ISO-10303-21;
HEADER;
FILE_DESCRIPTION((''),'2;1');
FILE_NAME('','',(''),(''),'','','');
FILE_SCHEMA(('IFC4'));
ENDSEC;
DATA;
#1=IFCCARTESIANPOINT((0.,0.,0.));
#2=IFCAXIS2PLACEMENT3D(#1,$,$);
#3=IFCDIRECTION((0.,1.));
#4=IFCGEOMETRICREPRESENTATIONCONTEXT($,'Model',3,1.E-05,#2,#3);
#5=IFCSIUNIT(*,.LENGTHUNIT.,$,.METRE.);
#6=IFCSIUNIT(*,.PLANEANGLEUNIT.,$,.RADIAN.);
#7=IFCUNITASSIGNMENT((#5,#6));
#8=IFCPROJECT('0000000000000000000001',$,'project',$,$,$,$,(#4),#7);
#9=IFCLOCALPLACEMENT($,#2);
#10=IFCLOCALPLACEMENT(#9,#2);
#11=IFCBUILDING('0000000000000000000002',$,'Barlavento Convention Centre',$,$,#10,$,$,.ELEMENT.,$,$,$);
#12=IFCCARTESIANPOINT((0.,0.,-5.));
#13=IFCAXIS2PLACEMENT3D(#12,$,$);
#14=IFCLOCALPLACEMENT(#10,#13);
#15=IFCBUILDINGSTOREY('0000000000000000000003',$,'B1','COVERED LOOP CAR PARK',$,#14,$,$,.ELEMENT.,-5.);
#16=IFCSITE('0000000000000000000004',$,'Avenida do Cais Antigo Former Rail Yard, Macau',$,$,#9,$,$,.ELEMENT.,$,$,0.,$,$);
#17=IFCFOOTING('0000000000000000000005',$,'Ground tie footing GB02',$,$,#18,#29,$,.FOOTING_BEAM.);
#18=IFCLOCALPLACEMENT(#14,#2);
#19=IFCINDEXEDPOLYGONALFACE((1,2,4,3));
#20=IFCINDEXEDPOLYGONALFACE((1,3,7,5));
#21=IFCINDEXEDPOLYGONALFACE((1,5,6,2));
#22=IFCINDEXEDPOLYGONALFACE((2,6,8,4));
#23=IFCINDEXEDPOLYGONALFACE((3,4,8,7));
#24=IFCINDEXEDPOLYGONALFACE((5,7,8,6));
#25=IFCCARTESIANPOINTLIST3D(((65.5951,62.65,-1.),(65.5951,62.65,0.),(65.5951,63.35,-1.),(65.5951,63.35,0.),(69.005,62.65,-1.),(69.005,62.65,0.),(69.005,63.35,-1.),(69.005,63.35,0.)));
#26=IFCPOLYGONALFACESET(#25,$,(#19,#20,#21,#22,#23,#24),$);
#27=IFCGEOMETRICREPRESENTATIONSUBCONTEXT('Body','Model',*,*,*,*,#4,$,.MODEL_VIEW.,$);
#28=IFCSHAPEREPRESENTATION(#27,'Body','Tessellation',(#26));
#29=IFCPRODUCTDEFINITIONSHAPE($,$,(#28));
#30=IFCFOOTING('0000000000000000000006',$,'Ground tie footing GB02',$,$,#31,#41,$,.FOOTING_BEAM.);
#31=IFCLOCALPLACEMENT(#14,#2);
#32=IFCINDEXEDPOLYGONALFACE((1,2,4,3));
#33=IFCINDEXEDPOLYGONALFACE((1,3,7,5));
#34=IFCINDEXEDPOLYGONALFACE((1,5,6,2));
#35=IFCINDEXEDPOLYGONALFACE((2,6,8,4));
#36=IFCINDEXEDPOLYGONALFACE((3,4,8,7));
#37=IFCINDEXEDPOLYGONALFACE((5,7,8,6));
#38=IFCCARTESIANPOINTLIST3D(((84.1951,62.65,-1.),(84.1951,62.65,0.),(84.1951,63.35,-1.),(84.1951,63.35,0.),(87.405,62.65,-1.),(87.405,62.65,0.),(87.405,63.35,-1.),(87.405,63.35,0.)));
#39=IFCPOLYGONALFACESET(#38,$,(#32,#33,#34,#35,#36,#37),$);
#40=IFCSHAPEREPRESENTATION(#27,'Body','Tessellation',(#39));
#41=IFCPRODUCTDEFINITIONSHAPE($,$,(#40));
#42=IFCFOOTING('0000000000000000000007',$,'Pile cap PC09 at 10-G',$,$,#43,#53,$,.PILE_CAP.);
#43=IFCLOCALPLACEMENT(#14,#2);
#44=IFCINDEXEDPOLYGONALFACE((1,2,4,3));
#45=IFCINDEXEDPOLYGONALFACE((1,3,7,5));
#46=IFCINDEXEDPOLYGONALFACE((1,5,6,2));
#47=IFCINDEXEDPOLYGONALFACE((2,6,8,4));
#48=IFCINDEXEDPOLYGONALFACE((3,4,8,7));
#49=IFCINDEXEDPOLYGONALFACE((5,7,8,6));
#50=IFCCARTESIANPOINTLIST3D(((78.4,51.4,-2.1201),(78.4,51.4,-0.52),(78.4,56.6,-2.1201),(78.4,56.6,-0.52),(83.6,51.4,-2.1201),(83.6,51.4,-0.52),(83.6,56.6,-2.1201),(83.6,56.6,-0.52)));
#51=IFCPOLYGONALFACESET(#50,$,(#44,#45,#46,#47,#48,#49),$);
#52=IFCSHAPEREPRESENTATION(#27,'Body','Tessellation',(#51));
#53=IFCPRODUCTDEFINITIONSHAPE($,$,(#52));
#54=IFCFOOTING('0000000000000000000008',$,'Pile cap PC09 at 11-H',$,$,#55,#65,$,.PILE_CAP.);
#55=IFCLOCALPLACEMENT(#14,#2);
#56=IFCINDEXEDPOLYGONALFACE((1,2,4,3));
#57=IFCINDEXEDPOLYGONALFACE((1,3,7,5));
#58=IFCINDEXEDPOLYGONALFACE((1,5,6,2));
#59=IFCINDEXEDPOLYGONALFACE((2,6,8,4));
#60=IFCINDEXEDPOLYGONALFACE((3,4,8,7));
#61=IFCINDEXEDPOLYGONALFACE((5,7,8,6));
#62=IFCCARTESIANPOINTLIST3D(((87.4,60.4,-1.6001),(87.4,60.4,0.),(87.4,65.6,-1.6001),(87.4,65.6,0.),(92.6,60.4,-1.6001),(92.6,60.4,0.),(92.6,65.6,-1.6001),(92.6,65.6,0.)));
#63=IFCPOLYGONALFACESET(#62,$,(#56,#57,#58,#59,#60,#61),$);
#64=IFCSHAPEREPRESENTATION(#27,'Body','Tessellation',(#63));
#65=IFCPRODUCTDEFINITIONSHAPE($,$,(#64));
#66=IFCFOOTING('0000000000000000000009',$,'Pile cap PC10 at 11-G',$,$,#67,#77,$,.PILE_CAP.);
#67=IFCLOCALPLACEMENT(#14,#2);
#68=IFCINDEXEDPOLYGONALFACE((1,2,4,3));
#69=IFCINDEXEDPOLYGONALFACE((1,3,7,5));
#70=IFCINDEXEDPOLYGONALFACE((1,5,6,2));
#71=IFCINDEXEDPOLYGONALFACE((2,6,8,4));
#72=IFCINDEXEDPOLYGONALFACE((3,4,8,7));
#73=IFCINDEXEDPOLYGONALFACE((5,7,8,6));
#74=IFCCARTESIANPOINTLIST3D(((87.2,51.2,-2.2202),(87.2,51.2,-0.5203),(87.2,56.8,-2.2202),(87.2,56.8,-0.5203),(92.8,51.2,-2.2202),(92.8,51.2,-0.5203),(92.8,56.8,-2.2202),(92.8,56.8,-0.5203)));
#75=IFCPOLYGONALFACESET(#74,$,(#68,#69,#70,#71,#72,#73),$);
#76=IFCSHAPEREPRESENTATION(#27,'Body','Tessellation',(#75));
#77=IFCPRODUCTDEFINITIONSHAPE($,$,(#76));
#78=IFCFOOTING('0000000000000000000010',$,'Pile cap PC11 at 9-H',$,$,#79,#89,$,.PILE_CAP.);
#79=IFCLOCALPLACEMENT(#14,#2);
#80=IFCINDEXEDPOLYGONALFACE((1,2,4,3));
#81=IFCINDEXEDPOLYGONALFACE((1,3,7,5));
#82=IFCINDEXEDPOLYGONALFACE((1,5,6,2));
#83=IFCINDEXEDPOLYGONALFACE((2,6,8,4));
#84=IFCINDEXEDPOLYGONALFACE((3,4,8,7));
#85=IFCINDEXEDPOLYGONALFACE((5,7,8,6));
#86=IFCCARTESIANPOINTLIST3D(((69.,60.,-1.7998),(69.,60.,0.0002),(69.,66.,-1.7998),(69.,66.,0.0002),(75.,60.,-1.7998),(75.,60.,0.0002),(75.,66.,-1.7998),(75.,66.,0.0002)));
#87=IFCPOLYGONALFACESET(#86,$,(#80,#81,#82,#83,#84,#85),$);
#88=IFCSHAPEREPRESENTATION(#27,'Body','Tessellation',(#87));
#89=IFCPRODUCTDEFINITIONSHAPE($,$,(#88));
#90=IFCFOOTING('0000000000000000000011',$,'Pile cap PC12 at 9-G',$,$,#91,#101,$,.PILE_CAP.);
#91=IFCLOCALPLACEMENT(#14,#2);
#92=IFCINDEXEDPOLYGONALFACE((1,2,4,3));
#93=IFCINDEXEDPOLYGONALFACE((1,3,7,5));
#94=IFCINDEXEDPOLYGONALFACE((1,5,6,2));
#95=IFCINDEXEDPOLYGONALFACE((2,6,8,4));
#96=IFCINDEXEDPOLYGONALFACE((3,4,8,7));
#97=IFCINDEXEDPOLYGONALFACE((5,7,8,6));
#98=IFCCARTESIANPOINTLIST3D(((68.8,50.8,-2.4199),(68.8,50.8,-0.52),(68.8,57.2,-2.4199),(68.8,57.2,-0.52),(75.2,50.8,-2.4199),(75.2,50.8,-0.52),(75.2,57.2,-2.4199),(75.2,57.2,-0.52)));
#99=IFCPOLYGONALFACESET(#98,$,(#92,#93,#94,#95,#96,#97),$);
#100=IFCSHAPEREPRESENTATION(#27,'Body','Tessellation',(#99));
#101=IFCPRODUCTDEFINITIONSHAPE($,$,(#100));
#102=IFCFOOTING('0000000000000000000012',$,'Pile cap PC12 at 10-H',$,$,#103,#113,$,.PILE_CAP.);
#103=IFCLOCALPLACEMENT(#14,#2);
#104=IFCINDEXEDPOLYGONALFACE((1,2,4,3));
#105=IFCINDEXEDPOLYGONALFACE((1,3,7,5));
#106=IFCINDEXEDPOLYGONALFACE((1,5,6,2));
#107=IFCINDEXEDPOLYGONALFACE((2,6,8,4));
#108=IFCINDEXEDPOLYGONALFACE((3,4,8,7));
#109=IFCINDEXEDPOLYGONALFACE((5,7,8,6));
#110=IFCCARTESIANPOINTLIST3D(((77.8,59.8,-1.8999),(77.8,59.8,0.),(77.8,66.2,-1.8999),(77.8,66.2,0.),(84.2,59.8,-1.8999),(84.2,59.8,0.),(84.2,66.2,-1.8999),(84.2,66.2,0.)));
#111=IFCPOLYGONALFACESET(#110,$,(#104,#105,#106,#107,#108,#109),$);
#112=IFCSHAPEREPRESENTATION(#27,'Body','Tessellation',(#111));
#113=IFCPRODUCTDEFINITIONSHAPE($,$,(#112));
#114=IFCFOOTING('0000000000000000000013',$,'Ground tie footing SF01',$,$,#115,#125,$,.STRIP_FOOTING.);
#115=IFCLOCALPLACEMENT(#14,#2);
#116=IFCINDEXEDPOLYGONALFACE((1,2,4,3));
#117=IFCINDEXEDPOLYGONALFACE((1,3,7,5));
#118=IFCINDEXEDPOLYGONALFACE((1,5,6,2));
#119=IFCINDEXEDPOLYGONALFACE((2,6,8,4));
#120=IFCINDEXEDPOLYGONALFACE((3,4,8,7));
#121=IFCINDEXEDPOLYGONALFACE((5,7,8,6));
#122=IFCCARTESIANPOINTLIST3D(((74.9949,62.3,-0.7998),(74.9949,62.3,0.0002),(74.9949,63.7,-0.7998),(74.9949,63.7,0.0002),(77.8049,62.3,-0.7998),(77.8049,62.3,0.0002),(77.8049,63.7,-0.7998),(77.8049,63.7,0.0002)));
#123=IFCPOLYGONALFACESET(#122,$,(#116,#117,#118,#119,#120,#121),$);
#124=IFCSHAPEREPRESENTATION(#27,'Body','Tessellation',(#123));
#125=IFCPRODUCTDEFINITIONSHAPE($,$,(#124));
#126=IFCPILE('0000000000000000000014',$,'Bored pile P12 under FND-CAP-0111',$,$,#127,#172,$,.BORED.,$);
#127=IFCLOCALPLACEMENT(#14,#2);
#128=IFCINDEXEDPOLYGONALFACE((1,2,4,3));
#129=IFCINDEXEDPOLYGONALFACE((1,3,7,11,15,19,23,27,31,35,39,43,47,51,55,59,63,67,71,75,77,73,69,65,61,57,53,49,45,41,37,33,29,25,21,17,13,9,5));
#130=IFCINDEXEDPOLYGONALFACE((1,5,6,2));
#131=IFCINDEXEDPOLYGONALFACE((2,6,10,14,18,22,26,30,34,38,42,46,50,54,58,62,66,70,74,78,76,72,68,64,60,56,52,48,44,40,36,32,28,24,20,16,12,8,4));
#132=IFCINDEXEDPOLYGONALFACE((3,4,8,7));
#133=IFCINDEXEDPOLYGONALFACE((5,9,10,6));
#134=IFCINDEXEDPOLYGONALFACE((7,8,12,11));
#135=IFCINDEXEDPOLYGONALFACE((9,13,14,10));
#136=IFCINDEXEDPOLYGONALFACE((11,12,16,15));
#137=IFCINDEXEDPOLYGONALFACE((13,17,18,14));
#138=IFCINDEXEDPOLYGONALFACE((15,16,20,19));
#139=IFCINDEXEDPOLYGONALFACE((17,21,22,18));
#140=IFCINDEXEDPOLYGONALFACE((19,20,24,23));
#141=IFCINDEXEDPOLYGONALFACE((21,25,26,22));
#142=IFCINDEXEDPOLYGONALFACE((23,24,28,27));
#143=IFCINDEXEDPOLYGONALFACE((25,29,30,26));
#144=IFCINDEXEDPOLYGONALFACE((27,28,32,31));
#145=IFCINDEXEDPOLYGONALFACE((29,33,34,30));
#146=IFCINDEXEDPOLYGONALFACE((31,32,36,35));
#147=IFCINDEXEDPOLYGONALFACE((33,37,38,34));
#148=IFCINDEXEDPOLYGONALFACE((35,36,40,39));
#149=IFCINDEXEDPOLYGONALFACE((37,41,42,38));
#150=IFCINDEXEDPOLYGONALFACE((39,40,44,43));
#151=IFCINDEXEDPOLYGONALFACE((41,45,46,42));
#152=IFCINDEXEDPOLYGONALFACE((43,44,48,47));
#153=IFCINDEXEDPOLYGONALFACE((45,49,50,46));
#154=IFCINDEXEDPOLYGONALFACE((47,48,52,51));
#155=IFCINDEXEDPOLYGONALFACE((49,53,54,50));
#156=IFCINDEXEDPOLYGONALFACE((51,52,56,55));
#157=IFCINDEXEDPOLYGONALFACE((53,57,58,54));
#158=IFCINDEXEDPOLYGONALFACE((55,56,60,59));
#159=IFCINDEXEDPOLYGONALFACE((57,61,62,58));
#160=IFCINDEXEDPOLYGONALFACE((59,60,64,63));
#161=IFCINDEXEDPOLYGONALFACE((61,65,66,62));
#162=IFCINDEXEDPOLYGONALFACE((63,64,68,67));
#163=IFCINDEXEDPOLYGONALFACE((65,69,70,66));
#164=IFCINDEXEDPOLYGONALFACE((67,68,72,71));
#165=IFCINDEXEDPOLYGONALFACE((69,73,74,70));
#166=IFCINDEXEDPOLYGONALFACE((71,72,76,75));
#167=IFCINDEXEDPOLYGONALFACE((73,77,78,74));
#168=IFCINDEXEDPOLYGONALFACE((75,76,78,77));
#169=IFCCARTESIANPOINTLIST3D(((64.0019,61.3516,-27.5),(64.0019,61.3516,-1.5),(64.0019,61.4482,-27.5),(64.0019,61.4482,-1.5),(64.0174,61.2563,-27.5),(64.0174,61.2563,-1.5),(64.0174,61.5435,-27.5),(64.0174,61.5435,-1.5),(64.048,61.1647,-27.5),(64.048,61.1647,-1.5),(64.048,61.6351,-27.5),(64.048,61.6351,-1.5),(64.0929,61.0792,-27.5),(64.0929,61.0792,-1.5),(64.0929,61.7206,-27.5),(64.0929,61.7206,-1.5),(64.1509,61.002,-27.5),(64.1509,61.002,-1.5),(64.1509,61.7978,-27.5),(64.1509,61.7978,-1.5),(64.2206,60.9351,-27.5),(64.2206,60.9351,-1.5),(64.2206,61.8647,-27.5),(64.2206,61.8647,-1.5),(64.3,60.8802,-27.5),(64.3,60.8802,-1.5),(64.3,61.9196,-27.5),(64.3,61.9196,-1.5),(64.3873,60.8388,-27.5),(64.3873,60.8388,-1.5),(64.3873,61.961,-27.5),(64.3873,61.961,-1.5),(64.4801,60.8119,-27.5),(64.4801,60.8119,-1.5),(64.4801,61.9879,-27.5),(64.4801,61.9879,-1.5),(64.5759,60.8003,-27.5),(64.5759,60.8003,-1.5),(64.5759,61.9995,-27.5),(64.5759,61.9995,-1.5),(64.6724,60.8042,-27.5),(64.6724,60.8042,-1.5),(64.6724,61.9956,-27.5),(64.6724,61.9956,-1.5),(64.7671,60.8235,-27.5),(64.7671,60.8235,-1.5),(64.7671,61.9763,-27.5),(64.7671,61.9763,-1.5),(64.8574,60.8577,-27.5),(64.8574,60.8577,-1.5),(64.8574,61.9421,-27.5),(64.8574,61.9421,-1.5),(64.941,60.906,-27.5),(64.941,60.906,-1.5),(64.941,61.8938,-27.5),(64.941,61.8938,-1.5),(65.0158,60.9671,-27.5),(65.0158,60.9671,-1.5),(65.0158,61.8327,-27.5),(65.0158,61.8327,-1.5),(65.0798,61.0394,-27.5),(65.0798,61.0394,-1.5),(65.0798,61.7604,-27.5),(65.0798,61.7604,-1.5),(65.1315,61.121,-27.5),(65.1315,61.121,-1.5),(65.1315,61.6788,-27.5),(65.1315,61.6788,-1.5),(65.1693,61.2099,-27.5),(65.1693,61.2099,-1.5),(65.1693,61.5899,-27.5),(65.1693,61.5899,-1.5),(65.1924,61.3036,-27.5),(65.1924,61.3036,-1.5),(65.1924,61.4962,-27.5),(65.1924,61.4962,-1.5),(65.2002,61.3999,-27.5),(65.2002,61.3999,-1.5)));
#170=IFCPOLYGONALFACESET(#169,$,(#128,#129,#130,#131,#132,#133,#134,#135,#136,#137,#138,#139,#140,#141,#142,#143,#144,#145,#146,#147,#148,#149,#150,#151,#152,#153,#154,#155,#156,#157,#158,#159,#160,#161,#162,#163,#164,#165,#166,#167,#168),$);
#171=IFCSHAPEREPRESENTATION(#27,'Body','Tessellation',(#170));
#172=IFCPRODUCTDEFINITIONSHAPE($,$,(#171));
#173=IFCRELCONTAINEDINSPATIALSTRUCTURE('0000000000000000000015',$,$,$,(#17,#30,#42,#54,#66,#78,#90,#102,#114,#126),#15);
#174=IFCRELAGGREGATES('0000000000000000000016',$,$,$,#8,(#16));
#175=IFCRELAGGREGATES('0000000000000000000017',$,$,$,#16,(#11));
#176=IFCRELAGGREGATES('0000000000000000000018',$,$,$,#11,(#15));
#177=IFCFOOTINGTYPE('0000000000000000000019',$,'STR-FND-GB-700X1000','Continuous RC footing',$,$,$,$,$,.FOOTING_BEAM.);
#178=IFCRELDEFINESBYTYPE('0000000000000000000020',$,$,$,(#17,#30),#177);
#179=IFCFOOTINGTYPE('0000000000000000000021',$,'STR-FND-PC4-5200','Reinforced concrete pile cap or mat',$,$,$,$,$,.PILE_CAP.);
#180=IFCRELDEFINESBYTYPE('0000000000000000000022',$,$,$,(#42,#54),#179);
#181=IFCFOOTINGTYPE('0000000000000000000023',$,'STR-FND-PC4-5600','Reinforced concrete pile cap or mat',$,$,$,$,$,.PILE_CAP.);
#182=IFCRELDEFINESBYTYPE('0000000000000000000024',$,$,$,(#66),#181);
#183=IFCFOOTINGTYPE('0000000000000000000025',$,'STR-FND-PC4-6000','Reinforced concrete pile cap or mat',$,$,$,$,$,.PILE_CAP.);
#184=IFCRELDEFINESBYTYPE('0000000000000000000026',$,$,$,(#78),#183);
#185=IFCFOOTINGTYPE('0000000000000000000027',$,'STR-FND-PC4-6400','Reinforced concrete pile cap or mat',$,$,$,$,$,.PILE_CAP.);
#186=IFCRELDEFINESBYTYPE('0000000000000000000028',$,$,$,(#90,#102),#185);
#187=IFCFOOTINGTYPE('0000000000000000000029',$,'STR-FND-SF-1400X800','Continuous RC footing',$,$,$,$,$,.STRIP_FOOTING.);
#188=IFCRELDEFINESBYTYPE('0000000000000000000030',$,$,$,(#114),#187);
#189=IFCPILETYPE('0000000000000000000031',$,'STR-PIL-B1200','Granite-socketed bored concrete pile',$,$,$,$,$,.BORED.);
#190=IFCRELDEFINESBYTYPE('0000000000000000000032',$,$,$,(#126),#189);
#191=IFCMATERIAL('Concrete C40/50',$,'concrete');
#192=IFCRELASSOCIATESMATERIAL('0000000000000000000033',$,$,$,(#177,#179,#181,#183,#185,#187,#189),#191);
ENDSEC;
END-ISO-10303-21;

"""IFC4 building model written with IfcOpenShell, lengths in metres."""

from ifc_helpers import new_model, si_unit, direction, frame, origin, origin_2d, place, context, subcontext, project, spatial, rectangle, circle, extrude, material, material_profile, profile_set, type_object, element, save


model = new_model("IFC4")

# Units and contexts
model_context = context("Model", 3, precision=1e-05, world=origin(), true_north=direction((0.0, 1.0)))
body_context = subcontext(model_context, "Body", "Model", "MODEL_VIEW")
ifc_project = project(units=[si_unit("LENGTHUNIT", "METRE"), si_unit("PLANEANGLEUNIT", "RADIAN")], contexts=[model_context])

# Site, building, storey
site_placement = place(None, origin())
site = spatial("IfcSite", under=ifc_project, at=site_placement, Name="Avenida do Cais Antigo Former Rail Yard, Macau", CompositionType="ELEMENT", RefElevation=0.0)
building_placement = place(site_placement, origin())
building = spatial("IfcBuilding", under=site, at=building_placement, Name="Barlavento Convention Centre", CompositionType="ELEMENT")
storey_placement = place(building_placement, frame((0.0, 0.0, -5.0)))
storey = spatial("IfcBuildingStorey", under=building, at=storey_placement, Name="B1", Description="COVERED LOOP CAR PARK", CompositionType="ELEMENT", Elevation=-5.0)

# Footings
ifc_material_1 = material(Name="Concrete C40/50", Category="concrete")
footing_type_1 = type_object("IfcFootingType", Name="STR-FND-GB-700X1000", Description="Continuous RC footing", PredefinedType="FOOTING_BEAM", material=ifc_material_1)
footing_1_placement = place(storey_placement, frame((67.3, 63.0, -1.0), z_axis=(0.0, 0.0, 1.0), x_axis=(1.0, 0.0, 0.0)))
element("IfcFooting", 1, at=footing_1_placement, inside=storey, type_object=footing_type_1, Name="Ground tie footing GB02", PredefinedType="FOOTING_BEAM", context=body_context, shape_type="SweptSolid", body=[
    extrude(rectangle(XDim=3.4099, YDim=0.7, at=origin_2d()), origin(), (0.0, 0.0, 1.0), 1.0),
])
footing_2_placement = place(storey_placement, frame((85.8, 63.0, -1.0), z_axis=(0.0, 0.0, 1.0), x_axis=(1.0, 0.0, 0.0)))
element("IfcFooting", 2, at=footing_2_placement, inside=storey, type_object=footing_type_1, Name="Ground tie footing GB02", PredefinedType="FOOTING_BEAM", context=body_context, shape_type="SweptSolid", body=[
    extrude(rectangle(XDim=3.21, YDim=0.7, at=origin_2d()), origin(), (0.0, 0.0, 1.0), 1.0),
])
footing_type_2 = type_object("IfcFootingType", Name="STR-FND-PC4-5200", Description="Reinforced concrete pile cap or mat", PredefinedType="PILE_CAP", material=ifc_material_1)
for number, where, z_axis, x_axis, name in (
    (3, (81.0, 54.0, -2.1201), (0.0, 0.0, 1.0), (1.0, 0.0, 0.0), "Pile cap PC09 at 10-G"),
    (4, (90.0, 63.0, -1.6001), (0.0, 0.0, 1.0), (1.0, 0.0, 0.0), "Pile cap PC09 at 11-H"),
):
    element("IfcFooting", number, at=place(storey_placement, frame(where, z_axis=z_axis, x_axis=x_axis)), inside=storey, type_object=footing_type_2, Name=name, PredefinedType="PILE_CAP", context=body_context, shape_type="SweptSolid", body=[
        extrude(rectangle(XDim=5.2, YDim=5.2, at=origin_2d()), origin(), (0.0, 0.0, 1.0), 1.6001),
    ])
footing_type_3 = type_object("IfcFootingType", Name="STR-FND-PC4-5600", Description="Reinforced concrete pile cap or mat", PredefinedType="PILE_CAP", material=ifc_material_1)
footing_3_placement = place(storey_placement, frame((90.0, 54.0, -2.2202), z_axis=(0.0, 0.0, 1.0), x_axis=(1.0, 0.0, 0.0)))
element("IfcFooting", 5, at=footing_3_placement, inside=storey, type_object=footing_type_3, Name="Pile cap PC10 at 11-G", PredefinedType="PILE_CAP", context=body_context, shape_type="SweptSolid", body=[
    extrude(rectangle(XDim=5.6001, YDim=5.6001, at=origin_2d()), origin(), (0.0, 0.0, 1.0), 1.7),
])
footing_type_4 = type_object("IfcFootingType", Name="STR-FND-PC4-6000", Description="Reinforced concrete pile cap or mat", PredefinedType="PILE_CAP", material=ifc_material_1)
footing_4_placement = place(storey_placement, frame((72.0, 63.0, -1.7998), z_axis=(0.0, 0.0, 1.0), x_axis=(1.0, 0.0, 0.0)))
element("IfcFooting", 6, at=footing_4_placement, inside=storey, type_object=footing_type_4, Name="Pile cap PC11 at 9-H", PredefinedType="PILE_CAP", context=body_context, shape_type="SweptSolid", body=[
    extrude(rectangle(XDim=6.0, YDim=6.0, at=origin_2d()), origin(), (0.0, 0.0, 1.0), 1.8),
])
footing_type_5 = type_object("IfcFootingType", Name="STR-FND-PC4-6400", Description="Reinforced concrete pile cap or mat", PredefinedType="PILE_CAP", material=ifc_material_1)
for number, where, z_axis, x_axis, name in (
    (7, (72.0, 54.0, -2.4199), (0.0, 0.0, 1.0), (1.0, 0.0, 0.0), "Pile cap PC12 at 9-G"),
    (8, (81.0, 63.0, -1.8999), (0.0, 0.0, 1.0), (1.0, 0.0, 0.0), "Pile cap PC12 at 10-H"),
):
    element("IfcFooting", number, at=place(storey_placement, frame(where, z_axis=z_axis, x_axis=x_axis)), inside=storey, type_object=footing_type_5, Name=name, PredefinedType="PILE_CAP", context=body_context, shape_type="SweptSolid", body=[
        extrude(rectangle(XDim=6.3999, YDim=6.3999, at=origin_2d()), origin(), (0.0, 0.0, 1.0), 1.8999),
    ])
footing_type_6 = type_object("IfcFootingType", Name="STR-FND-SF-1400X800", Description="Continuous RC footing", PredefinedType="STRIP_FOOTING", material=ifc_material_1)
footing_5_placement = place(storey_placement, frame((76.3999, 63.0, -0.7998), z_axis=(0.0, 0.0, 1.0), x_axis=(1.0, 0.0, 0.0)))
element("IfcFooting", 9, at=footing_5_placement, inside=storey, type_object=footing_type_6, Name="Ground tie footing SF01", PredefinedType="STRIP_FOOTING", context=body_context, shape_type="SweptSolid", body=[
    extrude(rectangle(XDim=2.8101, YDim=1.3999, at=origin_2d()), origin(), (0.0, 0.0, 1.0), 0.8),
])

# Pile
ifc_material_profile_1 = material_profile(ifc_material_1, circle(Radius=0.6001, at=origin_2d()), Name="BORED PILE 1200")
ifc_profile_set_1 = profile_set([ifc_material_profile_1], Name="Concrete C40/50")
pile_type_1 = type_object("IfcPileType", Name="STR-PIL-B1200", Description="Granite-socketed bored concrete pile", PredefinedType="BORED", material=ifc_profile_set_1)
for number, where, z_axis, x_axis, name in (
    (10, (64.6001, 61.3999, -1.5), (0.0, 0.0, -1.0), (1.0, 0.0, 0.0), "Bored pile P12 under FND-CAP-0111"),
):
    element("IfcPile", number, at=place(storey_placement, frame(where, z_axis=z_axis, x_axis=x_axis)), inside=storey, type_object=pile_type_1, Name=name, PredefinedType="BORED", context=body_context, shape_type="SweptSolid", body=[
        extrude(circle(Radius=0.6001, at=origin_2d()), origin(), (0.0, 0.0, 1.0), 26.0),
    ])

save(model, "model.ifc")
